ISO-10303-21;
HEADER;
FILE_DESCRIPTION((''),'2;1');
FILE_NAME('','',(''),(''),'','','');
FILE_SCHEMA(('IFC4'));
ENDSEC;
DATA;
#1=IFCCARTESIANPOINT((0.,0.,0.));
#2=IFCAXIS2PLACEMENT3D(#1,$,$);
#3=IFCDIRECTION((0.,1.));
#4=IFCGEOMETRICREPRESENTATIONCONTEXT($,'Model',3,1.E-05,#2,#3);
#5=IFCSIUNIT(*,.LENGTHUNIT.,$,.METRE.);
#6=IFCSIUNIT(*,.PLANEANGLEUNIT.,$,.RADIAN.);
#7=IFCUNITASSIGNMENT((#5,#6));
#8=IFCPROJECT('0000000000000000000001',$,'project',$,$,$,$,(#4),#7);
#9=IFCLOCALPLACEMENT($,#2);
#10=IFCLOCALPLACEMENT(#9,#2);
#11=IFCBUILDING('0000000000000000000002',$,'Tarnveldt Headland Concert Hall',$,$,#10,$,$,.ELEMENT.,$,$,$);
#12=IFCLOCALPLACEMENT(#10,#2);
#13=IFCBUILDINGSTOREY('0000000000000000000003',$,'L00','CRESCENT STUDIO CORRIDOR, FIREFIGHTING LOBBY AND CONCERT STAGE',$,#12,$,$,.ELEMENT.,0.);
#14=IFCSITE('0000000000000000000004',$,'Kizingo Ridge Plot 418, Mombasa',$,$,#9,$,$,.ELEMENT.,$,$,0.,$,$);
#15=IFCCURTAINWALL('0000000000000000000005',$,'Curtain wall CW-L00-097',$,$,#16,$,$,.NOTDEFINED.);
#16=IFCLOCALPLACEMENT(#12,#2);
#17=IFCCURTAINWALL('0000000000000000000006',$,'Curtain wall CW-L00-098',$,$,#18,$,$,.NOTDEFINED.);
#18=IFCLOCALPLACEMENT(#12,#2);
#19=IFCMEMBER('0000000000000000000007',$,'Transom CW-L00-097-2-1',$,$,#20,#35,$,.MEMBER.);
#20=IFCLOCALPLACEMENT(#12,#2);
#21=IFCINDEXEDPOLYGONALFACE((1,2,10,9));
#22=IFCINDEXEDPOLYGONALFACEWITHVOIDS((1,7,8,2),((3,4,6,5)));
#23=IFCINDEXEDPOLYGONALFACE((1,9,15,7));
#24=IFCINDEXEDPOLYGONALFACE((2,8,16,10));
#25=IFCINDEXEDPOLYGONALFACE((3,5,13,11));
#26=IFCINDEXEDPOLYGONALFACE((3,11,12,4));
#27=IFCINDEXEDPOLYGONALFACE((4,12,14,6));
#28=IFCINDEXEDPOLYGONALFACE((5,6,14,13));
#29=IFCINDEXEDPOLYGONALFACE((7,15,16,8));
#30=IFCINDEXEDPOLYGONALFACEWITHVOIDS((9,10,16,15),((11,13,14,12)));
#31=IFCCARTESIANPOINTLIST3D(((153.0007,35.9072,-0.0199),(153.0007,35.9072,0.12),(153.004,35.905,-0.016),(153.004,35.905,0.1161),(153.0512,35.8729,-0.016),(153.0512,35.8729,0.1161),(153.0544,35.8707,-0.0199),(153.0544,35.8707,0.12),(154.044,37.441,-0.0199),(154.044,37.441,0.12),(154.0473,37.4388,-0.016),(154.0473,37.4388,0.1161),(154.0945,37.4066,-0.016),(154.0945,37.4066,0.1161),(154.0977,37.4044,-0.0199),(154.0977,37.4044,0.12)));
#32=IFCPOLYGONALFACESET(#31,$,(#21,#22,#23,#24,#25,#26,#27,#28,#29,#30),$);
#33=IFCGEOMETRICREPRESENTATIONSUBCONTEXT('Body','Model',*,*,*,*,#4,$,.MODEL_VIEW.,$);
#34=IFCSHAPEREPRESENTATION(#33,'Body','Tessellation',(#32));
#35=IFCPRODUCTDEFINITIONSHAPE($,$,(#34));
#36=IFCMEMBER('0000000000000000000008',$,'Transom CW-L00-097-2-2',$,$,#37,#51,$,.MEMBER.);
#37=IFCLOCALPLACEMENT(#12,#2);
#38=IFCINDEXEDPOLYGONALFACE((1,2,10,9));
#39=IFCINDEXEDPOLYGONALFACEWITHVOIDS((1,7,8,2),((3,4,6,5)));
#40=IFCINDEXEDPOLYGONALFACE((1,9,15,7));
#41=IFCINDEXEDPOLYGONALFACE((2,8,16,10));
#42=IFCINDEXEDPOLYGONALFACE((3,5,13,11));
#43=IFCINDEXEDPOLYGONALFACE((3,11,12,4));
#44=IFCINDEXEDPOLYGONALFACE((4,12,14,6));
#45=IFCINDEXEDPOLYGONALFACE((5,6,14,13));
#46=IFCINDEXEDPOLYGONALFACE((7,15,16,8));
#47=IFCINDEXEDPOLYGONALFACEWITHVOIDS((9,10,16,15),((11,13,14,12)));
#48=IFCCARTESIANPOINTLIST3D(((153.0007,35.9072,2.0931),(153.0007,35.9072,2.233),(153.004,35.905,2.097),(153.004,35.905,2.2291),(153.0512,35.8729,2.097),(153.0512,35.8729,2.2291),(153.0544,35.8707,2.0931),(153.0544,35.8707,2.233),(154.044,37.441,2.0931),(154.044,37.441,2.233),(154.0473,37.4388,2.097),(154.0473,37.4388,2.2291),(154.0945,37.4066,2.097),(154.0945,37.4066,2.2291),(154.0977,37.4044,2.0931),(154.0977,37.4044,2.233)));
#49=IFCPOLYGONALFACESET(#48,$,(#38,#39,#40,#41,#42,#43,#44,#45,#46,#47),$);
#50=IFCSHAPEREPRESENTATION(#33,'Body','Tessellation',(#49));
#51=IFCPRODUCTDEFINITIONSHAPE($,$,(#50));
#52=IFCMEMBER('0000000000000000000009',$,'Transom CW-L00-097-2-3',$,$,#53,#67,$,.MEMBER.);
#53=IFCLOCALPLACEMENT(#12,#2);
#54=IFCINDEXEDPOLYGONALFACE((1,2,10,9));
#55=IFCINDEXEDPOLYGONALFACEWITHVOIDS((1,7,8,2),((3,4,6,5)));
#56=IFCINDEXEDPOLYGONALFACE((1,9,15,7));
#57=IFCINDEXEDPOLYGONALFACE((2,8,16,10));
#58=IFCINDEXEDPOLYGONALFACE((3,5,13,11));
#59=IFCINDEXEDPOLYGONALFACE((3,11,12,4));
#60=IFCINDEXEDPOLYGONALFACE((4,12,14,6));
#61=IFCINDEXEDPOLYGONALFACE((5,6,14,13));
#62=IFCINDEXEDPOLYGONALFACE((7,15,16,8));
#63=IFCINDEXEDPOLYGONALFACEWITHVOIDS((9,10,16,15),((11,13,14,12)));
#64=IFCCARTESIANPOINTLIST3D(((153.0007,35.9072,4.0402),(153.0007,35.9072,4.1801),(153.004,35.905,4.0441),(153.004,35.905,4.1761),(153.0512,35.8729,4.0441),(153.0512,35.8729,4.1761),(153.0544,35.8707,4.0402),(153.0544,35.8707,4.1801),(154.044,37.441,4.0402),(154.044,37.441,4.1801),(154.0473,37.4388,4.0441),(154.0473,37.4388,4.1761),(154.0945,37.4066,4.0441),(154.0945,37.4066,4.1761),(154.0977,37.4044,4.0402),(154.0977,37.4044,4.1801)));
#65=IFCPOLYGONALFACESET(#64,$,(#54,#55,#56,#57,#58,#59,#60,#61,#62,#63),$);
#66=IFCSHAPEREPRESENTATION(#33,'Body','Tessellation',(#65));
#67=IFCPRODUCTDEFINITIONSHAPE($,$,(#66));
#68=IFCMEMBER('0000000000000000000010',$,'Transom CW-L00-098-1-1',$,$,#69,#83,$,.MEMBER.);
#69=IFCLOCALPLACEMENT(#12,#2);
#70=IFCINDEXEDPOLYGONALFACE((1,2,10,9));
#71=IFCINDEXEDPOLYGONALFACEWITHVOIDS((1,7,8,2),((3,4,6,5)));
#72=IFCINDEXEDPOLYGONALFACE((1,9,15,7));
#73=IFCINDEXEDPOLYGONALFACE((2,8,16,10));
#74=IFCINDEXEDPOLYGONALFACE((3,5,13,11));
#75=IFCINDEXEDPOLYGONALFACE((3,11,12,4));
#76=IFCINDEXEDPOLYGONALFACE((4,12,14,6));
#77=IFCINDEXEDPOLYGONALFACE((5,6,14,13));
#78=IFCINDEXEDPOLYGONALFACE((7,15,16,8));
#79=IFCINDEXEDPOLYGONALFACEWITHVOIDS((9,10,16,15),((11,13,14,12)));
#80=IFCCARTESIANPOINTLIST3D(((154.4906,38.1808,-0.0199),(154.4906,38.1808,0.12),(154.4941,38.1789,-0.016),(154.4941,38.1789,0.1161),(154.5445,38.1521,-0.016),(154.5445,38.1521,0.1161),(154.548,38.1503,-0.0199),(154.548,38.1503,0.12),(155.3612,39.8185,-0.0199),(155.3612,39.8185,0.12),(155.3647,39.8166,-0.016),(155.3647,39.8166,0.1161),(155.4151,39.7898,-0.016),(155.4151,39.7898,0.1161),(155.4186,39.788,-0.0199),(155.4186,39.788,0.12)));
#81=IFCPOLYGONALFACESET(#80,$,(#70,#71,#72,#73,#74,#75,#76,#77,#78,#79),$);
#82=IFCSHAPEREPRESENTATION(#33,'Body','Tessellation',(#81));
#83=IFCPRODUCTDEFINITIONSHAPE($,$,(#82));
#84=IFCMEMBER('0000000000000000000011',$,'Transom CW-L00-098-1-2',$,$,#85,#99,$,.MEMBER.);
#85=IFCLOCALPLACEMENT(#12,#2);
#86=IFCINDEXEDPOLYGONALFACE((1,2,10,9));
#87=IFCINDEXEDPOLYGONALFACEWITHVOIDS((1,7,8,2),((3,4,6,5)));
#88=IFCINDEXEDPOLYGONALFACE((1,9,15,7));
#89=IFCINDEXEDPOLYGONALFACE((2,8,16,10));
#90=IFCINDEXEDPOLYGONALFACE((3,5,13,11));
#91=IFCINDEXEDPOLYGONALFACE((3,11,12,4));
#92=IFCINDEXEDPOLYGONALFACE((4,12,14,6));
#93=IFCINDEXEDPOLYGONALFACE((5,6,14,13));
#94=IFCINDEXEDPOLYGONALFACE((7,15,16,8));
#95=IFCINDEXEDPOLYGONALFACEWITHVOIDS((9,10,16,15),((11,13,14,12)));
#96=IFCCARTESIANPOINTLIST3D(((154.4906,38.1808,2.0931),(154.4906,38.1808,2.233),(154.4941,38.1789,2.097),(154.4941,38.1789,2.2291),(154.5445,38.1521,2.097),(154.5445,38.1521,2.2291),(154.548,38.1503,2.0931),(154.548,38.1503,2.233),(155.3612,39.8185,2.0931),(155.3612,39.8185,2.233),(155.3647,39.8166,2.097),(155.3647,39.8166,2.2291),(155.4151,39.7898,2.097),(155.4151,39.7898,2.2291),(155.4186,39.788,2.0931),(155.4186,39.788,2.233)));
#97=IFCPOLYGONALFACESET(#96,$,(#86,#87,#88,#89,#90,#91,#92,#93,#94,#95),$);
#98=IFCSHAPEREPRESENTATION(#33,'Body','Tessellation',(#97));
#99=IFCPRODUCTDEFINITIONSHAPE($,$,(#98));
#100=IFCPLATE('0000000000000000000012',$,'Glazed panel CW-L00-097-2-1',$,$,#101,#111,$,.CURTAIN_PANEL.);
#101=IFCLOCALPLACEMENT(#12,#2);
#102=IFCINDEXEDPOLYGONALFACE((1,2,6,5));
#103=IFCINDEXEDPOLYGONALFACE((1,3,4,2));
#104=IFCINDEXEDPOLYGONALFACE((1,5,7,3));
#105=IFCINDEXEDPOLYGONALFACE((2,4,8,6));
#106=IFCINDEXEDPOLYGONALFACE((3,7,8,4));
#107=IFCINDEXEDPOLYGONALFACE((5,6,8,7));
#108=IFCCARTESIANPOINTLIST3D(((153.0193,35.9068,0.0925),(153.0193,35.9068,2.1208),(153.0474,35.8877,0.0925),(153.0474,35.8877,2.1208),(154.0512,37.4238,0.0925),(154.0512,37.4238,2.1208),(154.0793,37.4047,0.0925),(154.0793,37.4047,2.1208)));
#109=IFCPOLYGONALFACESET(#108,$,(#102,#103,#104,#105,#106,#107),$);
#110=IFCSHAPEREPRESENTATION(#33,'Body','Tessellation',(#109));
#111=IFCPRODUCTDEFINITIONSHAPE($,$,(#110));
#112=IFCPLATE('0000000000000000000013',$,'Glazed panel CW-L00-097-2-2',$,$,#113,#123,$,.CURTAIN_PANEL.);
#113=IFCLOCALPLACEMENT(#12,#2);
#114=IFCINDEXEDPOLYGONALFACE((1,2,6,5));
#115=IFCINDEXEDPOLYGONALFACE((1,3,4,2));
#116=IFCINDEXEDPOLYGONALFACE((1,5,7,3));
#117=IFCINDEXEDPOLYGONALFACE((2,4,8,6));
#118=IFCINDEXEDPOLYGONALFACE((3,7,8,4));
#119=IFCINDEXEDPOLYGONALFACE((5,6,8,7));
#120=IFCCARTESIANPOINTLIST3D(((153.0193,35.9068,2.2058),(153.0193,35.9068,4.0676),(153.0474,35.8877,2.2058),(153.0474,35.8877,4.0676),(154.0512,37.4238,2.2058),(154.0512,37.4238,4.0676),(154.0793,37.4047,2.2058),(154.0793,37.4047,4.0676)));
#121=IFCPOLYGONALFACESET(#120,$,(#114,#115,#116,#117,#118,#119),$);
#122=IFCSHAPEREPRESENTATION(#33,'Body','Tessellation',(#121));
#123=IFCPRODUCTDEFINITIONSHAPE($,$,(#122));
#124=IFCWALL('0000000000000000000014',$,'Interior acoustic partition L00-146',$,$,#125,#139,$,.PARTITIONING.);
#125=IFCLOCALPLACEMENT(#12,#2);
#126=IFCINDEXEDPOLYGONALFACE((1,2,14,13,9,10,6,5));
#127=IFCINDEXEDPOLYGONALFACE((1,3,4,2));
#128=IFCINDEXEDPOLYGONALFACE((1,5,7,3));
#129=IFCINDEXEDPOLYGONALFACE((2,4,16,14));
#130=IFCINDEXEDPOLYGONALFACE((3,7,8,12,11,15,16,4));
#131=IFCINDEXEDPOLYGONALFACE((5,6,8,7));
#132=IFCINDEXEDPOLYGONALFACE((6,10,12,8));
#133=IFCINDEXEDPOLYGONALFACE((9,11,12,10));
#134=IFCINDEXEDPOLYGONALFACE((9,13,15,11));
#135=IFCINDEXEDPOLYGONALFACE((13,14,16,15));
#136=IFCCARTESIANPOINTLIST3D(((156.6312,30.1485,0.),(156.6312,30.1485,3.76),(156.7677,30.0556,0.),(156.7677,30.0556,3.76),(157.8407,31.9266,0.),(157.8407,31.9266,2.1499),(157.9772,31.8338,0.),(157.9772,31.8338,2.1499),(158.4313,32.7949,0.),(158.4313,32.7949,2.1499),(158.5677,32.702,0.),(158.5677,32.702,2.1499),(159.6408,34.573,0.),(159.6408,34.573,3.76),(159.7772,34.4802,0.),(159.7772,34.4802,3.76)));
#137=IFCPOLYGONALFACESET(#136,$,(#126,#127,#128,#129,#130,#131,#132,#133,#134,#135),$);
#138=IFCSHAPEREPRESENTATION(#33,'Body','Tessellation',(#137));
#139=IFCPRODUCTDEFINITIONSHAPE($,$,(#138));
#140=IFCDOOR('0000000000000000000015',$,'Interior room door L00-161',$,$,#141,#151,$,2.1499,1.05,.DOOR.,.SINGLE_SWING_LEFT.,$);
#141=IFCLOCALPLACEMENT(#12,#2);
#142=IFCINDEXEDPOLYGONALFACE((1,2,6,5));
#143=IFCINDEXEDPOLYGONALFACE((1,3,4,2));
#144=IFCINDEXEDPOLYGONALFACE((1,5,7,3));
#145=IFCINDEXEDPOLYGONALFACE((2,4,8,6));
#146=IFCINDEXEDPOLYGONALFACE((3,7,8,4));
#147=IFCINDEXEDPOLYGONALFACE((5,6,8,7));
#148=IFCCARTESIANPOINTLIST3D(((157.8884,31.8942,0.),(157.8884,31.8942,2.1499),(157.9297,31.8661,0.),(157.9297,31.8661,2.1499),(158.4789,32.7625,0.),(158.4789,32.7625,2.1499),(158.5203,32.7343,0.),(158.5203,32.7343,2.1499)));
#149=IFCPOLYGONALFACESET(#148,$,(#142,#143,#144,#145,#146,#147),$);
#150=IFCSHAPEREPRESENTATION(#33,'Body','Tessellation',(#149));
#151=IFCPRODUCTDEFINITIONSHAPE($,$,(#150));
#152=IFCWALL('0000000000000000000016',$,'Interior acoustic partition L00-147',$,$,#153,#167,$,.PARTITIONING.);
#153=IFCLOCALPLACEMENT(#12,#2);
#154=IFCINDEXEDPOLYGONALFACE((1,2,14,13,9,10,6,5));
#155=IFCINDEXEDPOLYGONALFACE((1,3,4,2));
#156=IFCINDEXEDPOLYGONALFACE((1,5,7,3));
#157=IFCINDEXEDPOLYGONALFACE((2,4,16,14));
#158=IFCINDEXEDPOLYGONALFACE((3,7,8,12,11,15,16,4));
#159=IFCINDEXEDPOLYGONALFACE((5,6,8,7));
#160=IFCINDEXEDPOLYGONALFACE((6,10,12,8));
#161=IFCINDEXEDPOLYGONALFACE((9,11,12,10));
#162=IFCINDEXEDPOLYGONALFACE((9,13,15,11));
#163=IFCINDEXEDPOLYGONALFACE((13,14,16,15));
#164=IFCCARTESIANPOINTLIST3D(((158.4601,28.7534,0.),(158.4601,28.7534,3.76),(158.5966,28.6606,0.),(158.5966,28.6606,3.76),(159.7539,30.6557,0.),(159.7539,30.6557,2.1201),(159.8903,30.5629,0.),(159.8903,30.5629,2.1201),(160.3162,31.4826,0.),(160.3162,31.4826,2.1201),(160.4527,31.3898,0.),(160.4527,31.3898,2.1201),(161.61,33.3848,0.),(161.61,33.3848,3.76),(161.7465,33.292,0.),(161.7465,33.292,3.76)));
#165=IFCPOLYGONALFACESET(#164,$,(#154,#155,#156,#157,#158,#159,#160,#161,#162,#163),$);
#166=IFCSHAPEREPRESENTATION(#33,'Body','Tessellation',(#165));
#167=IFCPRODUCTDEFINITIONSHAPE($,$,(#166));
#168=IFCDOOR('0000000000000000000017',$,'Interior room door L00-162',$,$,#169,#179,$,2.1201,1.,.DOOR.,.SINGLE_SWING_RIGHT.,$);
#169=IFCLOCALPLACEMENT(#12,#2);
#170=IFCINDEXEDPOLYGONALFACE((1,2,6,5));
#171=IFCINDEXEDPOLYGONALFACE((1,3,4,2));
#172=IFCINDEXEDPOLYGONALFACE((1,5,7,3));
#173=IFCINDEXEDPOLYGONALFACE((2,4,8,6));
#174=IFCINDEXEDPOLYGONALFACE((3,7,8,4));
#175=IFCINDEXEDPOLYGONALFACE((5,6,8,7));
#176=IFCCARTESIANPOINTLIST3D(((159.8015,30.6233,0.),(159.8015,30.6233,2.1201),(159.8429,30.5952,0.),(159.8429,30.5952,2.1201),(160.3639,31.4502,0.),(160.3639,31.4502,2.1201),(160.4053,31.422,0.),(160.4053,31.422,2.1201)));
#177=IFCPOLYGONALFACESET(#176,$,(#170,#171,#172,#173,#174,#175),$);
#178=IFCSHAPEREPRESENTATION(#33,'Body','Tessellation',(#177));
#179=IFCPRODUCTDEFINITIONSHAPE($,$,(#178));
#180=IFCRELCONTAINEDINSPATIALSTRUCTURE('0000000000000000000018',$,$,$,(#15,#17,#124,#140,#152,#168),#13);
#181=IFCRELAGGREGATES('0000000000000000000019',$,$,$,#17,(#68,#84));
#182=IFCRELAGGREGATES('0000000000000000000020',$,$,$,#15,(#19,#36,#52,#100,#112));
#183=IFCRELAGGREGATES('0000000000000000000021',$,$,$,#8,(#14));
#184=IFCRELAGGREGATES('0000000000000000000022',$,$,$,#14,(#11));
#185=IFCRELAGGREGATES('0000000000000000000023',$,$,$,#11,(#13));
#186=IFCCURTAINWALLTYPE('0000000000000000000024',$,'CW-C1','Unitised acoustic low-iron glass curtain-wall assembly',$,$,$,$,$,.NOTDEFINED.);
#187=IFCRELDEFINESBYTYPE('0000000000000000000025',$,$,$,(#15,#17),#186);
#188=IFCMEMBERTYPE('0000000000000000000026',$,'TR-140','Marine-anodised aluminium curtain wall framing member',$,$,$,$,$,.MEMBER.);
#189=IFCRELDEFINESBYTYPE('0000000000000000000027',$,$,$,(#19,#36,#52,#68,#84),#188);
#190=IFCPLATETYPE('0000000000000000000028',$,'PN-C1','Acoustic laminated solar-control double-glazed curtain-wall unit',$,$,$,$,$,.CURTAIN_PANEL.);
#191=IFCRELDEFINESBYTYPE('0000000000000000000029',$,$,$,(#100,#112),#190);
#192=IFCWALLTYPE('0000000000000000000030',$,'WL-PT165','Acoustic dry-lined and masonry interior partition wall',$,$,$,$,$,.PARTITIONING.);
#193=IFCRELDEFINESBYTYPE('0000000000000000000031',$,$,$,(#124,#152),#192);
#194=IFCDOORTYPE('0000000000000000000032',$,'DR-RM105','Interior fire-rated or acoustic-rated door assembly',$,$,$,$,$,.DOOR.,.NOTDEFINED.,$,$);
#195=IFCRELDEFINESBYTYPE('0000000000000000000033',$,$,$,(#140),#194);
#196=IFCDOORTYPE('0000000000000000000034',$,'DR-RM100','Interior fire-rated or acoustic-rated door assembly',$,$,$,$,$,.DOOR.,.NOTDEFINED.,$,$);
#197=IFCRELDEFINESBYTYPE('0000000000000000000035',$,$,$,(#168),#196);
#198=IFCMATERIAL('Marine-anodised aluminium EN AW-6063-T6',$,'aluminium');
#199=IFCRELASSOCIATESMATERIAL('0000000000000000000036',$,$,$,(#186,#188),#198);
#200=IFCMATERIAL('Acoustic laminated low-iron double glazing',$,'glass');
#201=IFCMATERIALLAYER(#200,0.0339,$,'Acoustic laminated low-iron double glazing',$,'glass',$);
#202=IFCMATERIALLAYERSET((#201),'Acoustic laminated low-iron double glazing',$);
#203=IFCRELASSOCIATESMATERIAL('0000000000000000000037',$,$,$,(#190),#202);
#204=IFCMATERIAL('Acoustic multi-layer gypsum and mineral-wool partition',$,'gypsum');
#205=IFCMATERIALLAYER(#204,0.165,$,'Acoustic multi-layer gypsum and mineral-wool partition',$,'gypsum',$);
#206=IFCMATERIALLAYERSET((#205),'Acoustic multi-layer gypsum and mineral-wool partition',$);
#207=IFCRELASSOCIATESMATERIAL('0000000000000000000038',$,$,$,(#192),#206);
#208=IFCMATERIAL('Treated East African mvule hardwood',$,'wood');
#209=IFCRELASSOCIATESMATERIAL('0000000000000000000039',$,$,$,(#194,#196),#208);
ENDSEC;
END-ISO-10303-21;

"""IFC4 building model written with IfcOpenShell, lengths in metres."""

from ifc_helpers import new_model, si_unit, direction, frame, frame_2d, origin, origin_2d, place, context, subcontext, project, spatial, rectangle, hollow_rectangle, extrude, material, layer, layer_set, material_profile, profile_set, type_object, element, fill, aggregate, save


model = new_model("IFC4")

# Units and contexts
model_context = context("Model", 3, precision=1e-05, world=origin(), true_north=direction((0.0, 1.0)))
body_context = subcontext(model_context, "Body", "Model", "MODEL_VIEW")
ifc_project = project(units=[si_unit("LENGTHUNIT", "METRE"), si_unit("PLANEANGLEUNIT", "RADIAN")], contexts=[model_context])

# Site, building, storey
site_placement = place(None, origin())
site = spatial("IfcSite", under=ifc_project, at=site_placement, Name="Kizingo Ridge Plot 418, Mombasa", CompositionType="ELEMENT", RefElevation=0.0)
building_placement = place(site_placement, origin())
building = spatial("IfcBuilding", under=site, at=building_placement, Name="Tarnveldt Headland Concert Hall", CompositionType="ELEMENT")
storey_placement = place(building_placement, origin())
storey = spatial("IfcBuildingStorey", under=building, at=storey_placement, Name="L00", Description="CRESCENT STUDIO CORRIDOR, FIREFIGHTING LOBBY AND CONCERT STAGE", CompositionType="ELEMENT", Elevation=0.0)

# Curtain walls
ifc_material_1 = material(Name="Marine-anodised aluminium EN AW-6063-T6", Category="aluminium")
curtain_wall_type = type_object("IfcCurtainWallType", Name="CW-C1", Description="Unitised acoustic low-iron glass curtain-wall assembly", PredefinedType="NOTDEFINED", material=ifc_material_1)
curtain_wall_1_placement = place(storey_placement, origin())
curtain_wall_1 = element("IfcCurtainWall", 1, at=curtain_wall_1_placement, inside=storey, type_object=curtain_wall_type, Name="Curtain wall CW-L00-097", PredefinedType="NOTDEFINED")
curtain_wall_2_placement = place(storey_placement, origin())
curtain_wall_2 = element("IfcCurtainWall", 2, at=curtain_wall_2_placement, inside=storey, type_object=curtain_wall_type, Name="Curtain wall CW-L00-098", PredefinedType="NOTDEFINED")

# Members
ifc_material_profile_1 = material_profile(ifc_material_1, hollow_rectangle(XDim=0.0649, YDim=0.1399, WallThickness=0.0039, at=origin_2d()), Name="ALU TRANSOM 65x140x4", Category="aluminium")
ifc_profile_set_1 = profile_set([ifc_material_profile_1], Name="Marine-anodised aluminium EN AW-6063-T6")
member_type_1 = type_object("IfcMemberType", Name="TR-140", Description="Marine-anodised aluminium curtain wall framing member", PredefinedType="MEMBER", material=ifc_profile_set_1)
member_1_placement = place(storey_placement, frame((153.0276, 35.8889, 0.05), z_axis=(0.562422, 0.826851, 0.0), x_axis=(-0.826851, 0.562422, 0.0)))
member_1 = element("IfcMember", 3, at=member_1_placement, type_object=member_type_1, Name="Transom CW-L00-097-2-1", PredefinedType="MEMBER", context=body_context, shape_type="SweptSolid", body=[
    extrude(hollow_rectangle(XDim=0.0649, YDim=0.1399, WallThickness=0.0039, at=origin_2d()), origin(), (0.0, 0.0, 1.0), 1.855),
])
member_2_placement = place(storey_placement, frame((153.0276, 35.8889, 2.1631), z_axis=(0.562422, 0.826851, 0.0), x_axis=(-0.826851, 0.562422, 0.0)))
member_2 = element("IfcMember", 4, at=member_2_placement, type_object=member_type_1, Name="Transom CW-L00-097-2-2", PredefinedType="MEMBER", context=body_context, shape_type="SweptSolid", body=[
    extrude(hollow_rectangle(XDim=0.0649, YDim=0.1399, WallThickness=0.0039, at=origin_2d()), origin(), (0.0, 0.0, 1.0), 1.855),
])
member_3_placement = place(storey_placement, frame((153.0276, 35.8889, 4.1101), z_axis=(0.562422, 0.826851, 0.0), x_axis=(-0.826851, 0.562422, 0.0)))
member_3 = element("IfcMember", 5, at=member_3_placement, type_object=member_type_1, Name="Transom CW-L00-097-2-3", PredefinedType="MEMBER", context=body_context, shape_type="SweptSolid", body=[
    extrude(hollow_rectangle(XDim=0.0649, YDim=0.1399, WallThickness=0.0039, at=origin_2d()), origin(), (0.0, 0.0, 1.0), 1.855),
])
member_4_placement = place(storey_placement, frame((154.5193, 38.1655, 0.05), z_axis=(0.469399, 0.882986, 0.0), x_axis=(-0.882986, 0.469399, 0.0)))
member_4 = element("IfcMember", 6, at=member_4_placement, type_object=member_type_1, Name="Transom CW-L00-098-1-1", PredefinedType="MEMBER", context=body_context, shape_type="SweptSolid", body=[
    extrude(hollow_rectangle(XDim=0.0649, YDim=0.1399, WallThickness=0.0039, at=origin_2d()), origin(), (0.0, 0.0, 1.0), 1.8547),
])
member_5_placement = place(storey_placement, frame((154.5193, 38.1655, 2.1631), z_axis=(0.469399, 0.882986, 0.0), x_axis=(-0.882986, 0.469399, 0.0)))
member_5 = element("IfcMember", 7, at=member_5_placement, type_object=member_type_1, Name="Transom CW-L00-098-1-2", PredefinedType="MEMBER", context=body_context, shape_type="SweptSolid", body=[
    extrude(hollow_rectangle(XDim=0.0649, YDim=0.1399, WallThickness=0.0039, at=origin_2d()), origin(), (0.0, 0.0, 1.0), 1.8547),
])
aggregate(curtain_wall_2, [member_4, member_5])

# Plates
ifc_material_2 = material(Name="Acoustic laminated low-iron double glazing", Category="glass")
ifc_layer_1 = layer(ifc_material_2, 0.0339, Name="Acoustic laminated low-iron double glazing", Category="glass")
ifc_layer_set_1 = layer_set([ifc_layer_1], Name="Acoustic laminated low-iron double glazing")
plate_type = type_object("IfcPlateType", Name="PN-C1", Description="Acoustic laminated solar-control double-glazed curtain-wall unit", PredefinedType="CURTAIN_PANEL", material=ifc_layer_set_1)
plate_1_placement = place(storey_placement, frame((153.5493, 36.6558, 0.0925), z_axis=(0.0, 0.0, 1.0), x_axis=(0.56243, 0.826845, 0.0)))
plate_1 = element("IfcPlate", 8, at=plate_1_placement, type_object=plate_type, Name="Glazed panel CW-L00-097-2-1", PredefinedType="CURTAIN_PANEL", context=body_context, shape_type="SweptSolid", body=[
    extrude(rectangle(XDim=1.8347, YDim=0.0339, at=origin_2d()), origin(), (0.0, 0.0, 1.0), 2.0283),
])
plate_2_placement = place(storey_placement, frame((153.5493, 36.6558, 2.2058), z_axis=(0.0, 0.0, 1.0), x_axis=(0.56243, 0.826845, 0.0)))
plate_2 = element("IfcPlate", 9, at=plate_2_placement, type_object=plate_type, Name="Glazed panel CW-L00-097-2-2", PredefinedType="CURTAIN_PANEL", context=body_context, shape_type="SweptSolid", body=[
    extrude(rectangle(XDim=1.8347, YDim=0.0339, at=origin_2d()), origin(), (0.0, 0.0, 1.0), 1.8618),
])
aggregate(curtain_wall_1, [member_1, member_2, member_3, plate_1, plate_2])

# Walls, openings, doors
ifc_material_3 = material(Name="Acoustic multi-layer gypsum and mineral-wool partition", Category="gypsum")
ifc_layer_2 = layer(ifc_material_3, 0.165, Name="Acoustic multi-layer gypsum and mineral-wool partition", Category="gypsum")
ifc_layer_set_2 = layer_set([ifc_layer_2], Name="Acoustic multi-layer gypsum and mineral-wool partition")
wall_type = type_object("IfcWallType", Name="WL-PT165", Description="Acoustic dry-lined and masonry interior partition wall", PredefinedType="PARTITIONING", material=ifc_layer_set_2)
wall_1_placement = place(storey_placement, frame((156.6995, 30.1021, 0.0), z_axis=(0.0, 0.0, 1.0), x_axis=(0.562415, 0.826855, 0.0)))
wall_1 = element("IfcWall", 10, at=wall_1_placement, inside=storey, type_object=wall_type, Name="Interior acoustic partition L00-146", PredefinedType="PARTITIONING", context=body_context, shape_type="SweptSolid", body=[
    extrude(rectangle(XDim=5.3511, YDim=0.165, at=frame_2d((2.6755, 0.0))), origin(), (0.0, 0.0, 1.0), 3.76),
])
opening_1_placement = place(wall_1_placement, frame((2.1506, 0.0, 0.0)))
opening_1 = element("IfcOpeningElement", 11, at=opening_1_placement, cuts=wall_1, PredefinedType="OPENING", context=body_context, shape_type="SweptSolid", body=[
    extrude(rectangle(XDim=1.05, YDim=2.1499, at=frame_2d((0.5249, 1.075))), frame((0.0, 0.0925, 0.0), z_axis=(0.0, -1.0, 0.0), x_axis=(1.0, 0.0, 0.0)), (0.0, 0.0, 1.0), 0.1851),
])
ifc_material_4 = material(Name="Treated East African mvule hardwood", Category="wood")
door_type_1 = type_object("IfcDoorType", Name="DR-RM105", Description="Interior fire-rated or acoustic-rated door assembly", OperationType="NOTDEFINED", PredefinedType="DOOR", material=ifc_material_4)
door_1_placement = place(opening_1_placement, origin())
door_1 = element("IfcDoor", 12, at=door_1_placement, inside=storey, type_object=door_type_1, Name="Interior room door L00-161", OperationType="SINGLE_SWING_LEFT", OverallHeight=2.1499, OverallWidth=1.05, PredefinedType="DOOR", context=body_context, shape_type="SweptSolid", body=[
    extrude(rectangle(XDim=1.05, YDim=2.1499, at=frame_2d((0.5249, 1.075))), frame((0.0, 0.0249, 0.0), z_axis=(0.0, -1.0, 0.0), x_axis=(1.0, 0.0, 0.0)), (0.0, 0.0, 1.0), 0.05),
])
fill(opening_1, door_1)
wall_2_placement = place(storey_placement, frame((158.5283, 28.707, 0.0), z_axis=(0.0, 0.0, 1.0), x_axis=(0.562382, 0.826878, 0.0)))
wall_2 = element("IfcWall", 13, at=wall_2_placement, inside=storey, type_object=wall_type, Name="Interior acoustic partition L00-147", PredefinedType="PARTITIONING", context=body_context, shape_type="SweptSolid", body=[
    extrude(rectangle(XDim=5.6011, YDim=0.165, at=frame_2d((2.8005, 0.0))), origin(), (0.0, 0.0, 1.0), 3.76),
])
opening_2_placement = place(wall_2_placement, frame((2.3005, 0.0, 0.0)))
opening_2 = element("IfcOpeningElement", 14, at=opening_2_placement, cuts=wall_2, PredefinedType="OPENING", context=body_context, shape_type="SweptSolid", body=[
    extrude(rectangle(XDim=1.0, YDim=2.1201, at=frame_2d((0.5, 1.0601))), frame((0.0, 0.0925, 0.0), z_axis=(0.0, -1.0, 0.0), x_axis=(1.0, 0.0, 0.0)), (0.0, 0.0, 1.0), 0.1851),
])
door_type_2 = type_object("IfcDoorType", Name="DR-RM100", Description="Interior fire-rated or acoustic-rated door assembly", OperationType="NOTDEFINED", PredefinedType="DOOR", material=ifc_material_4)
door_2_placement = place(opening_2_placement, origin())
door_2 = element("IfcDoor", 15, at=door_2_placement, inside=storey, type_object=door_type_2, Name="Interior room door L00-162", OperationType="SINGLE_SWING_RIGHT", OverallHeight=2.1201, OverallWidth=1.0, PredefinedType="DOOR", context=body_context, shape_type="SweptSolid", body=[
    extrude(rectangle(XDim=1.0, YDim=2.1201, at=frame_2d((0.5, 1.0601))), frame((0.0, 0.0249, 0.0), z_axis=(0.0, -1.0, 0.0), x_axis=(1.0, 0.0, 0.0)), (0.0, 0.0, 1.0), 0.05),
])
fill(opening_2, door_2)

save(model, "model.ifc")
